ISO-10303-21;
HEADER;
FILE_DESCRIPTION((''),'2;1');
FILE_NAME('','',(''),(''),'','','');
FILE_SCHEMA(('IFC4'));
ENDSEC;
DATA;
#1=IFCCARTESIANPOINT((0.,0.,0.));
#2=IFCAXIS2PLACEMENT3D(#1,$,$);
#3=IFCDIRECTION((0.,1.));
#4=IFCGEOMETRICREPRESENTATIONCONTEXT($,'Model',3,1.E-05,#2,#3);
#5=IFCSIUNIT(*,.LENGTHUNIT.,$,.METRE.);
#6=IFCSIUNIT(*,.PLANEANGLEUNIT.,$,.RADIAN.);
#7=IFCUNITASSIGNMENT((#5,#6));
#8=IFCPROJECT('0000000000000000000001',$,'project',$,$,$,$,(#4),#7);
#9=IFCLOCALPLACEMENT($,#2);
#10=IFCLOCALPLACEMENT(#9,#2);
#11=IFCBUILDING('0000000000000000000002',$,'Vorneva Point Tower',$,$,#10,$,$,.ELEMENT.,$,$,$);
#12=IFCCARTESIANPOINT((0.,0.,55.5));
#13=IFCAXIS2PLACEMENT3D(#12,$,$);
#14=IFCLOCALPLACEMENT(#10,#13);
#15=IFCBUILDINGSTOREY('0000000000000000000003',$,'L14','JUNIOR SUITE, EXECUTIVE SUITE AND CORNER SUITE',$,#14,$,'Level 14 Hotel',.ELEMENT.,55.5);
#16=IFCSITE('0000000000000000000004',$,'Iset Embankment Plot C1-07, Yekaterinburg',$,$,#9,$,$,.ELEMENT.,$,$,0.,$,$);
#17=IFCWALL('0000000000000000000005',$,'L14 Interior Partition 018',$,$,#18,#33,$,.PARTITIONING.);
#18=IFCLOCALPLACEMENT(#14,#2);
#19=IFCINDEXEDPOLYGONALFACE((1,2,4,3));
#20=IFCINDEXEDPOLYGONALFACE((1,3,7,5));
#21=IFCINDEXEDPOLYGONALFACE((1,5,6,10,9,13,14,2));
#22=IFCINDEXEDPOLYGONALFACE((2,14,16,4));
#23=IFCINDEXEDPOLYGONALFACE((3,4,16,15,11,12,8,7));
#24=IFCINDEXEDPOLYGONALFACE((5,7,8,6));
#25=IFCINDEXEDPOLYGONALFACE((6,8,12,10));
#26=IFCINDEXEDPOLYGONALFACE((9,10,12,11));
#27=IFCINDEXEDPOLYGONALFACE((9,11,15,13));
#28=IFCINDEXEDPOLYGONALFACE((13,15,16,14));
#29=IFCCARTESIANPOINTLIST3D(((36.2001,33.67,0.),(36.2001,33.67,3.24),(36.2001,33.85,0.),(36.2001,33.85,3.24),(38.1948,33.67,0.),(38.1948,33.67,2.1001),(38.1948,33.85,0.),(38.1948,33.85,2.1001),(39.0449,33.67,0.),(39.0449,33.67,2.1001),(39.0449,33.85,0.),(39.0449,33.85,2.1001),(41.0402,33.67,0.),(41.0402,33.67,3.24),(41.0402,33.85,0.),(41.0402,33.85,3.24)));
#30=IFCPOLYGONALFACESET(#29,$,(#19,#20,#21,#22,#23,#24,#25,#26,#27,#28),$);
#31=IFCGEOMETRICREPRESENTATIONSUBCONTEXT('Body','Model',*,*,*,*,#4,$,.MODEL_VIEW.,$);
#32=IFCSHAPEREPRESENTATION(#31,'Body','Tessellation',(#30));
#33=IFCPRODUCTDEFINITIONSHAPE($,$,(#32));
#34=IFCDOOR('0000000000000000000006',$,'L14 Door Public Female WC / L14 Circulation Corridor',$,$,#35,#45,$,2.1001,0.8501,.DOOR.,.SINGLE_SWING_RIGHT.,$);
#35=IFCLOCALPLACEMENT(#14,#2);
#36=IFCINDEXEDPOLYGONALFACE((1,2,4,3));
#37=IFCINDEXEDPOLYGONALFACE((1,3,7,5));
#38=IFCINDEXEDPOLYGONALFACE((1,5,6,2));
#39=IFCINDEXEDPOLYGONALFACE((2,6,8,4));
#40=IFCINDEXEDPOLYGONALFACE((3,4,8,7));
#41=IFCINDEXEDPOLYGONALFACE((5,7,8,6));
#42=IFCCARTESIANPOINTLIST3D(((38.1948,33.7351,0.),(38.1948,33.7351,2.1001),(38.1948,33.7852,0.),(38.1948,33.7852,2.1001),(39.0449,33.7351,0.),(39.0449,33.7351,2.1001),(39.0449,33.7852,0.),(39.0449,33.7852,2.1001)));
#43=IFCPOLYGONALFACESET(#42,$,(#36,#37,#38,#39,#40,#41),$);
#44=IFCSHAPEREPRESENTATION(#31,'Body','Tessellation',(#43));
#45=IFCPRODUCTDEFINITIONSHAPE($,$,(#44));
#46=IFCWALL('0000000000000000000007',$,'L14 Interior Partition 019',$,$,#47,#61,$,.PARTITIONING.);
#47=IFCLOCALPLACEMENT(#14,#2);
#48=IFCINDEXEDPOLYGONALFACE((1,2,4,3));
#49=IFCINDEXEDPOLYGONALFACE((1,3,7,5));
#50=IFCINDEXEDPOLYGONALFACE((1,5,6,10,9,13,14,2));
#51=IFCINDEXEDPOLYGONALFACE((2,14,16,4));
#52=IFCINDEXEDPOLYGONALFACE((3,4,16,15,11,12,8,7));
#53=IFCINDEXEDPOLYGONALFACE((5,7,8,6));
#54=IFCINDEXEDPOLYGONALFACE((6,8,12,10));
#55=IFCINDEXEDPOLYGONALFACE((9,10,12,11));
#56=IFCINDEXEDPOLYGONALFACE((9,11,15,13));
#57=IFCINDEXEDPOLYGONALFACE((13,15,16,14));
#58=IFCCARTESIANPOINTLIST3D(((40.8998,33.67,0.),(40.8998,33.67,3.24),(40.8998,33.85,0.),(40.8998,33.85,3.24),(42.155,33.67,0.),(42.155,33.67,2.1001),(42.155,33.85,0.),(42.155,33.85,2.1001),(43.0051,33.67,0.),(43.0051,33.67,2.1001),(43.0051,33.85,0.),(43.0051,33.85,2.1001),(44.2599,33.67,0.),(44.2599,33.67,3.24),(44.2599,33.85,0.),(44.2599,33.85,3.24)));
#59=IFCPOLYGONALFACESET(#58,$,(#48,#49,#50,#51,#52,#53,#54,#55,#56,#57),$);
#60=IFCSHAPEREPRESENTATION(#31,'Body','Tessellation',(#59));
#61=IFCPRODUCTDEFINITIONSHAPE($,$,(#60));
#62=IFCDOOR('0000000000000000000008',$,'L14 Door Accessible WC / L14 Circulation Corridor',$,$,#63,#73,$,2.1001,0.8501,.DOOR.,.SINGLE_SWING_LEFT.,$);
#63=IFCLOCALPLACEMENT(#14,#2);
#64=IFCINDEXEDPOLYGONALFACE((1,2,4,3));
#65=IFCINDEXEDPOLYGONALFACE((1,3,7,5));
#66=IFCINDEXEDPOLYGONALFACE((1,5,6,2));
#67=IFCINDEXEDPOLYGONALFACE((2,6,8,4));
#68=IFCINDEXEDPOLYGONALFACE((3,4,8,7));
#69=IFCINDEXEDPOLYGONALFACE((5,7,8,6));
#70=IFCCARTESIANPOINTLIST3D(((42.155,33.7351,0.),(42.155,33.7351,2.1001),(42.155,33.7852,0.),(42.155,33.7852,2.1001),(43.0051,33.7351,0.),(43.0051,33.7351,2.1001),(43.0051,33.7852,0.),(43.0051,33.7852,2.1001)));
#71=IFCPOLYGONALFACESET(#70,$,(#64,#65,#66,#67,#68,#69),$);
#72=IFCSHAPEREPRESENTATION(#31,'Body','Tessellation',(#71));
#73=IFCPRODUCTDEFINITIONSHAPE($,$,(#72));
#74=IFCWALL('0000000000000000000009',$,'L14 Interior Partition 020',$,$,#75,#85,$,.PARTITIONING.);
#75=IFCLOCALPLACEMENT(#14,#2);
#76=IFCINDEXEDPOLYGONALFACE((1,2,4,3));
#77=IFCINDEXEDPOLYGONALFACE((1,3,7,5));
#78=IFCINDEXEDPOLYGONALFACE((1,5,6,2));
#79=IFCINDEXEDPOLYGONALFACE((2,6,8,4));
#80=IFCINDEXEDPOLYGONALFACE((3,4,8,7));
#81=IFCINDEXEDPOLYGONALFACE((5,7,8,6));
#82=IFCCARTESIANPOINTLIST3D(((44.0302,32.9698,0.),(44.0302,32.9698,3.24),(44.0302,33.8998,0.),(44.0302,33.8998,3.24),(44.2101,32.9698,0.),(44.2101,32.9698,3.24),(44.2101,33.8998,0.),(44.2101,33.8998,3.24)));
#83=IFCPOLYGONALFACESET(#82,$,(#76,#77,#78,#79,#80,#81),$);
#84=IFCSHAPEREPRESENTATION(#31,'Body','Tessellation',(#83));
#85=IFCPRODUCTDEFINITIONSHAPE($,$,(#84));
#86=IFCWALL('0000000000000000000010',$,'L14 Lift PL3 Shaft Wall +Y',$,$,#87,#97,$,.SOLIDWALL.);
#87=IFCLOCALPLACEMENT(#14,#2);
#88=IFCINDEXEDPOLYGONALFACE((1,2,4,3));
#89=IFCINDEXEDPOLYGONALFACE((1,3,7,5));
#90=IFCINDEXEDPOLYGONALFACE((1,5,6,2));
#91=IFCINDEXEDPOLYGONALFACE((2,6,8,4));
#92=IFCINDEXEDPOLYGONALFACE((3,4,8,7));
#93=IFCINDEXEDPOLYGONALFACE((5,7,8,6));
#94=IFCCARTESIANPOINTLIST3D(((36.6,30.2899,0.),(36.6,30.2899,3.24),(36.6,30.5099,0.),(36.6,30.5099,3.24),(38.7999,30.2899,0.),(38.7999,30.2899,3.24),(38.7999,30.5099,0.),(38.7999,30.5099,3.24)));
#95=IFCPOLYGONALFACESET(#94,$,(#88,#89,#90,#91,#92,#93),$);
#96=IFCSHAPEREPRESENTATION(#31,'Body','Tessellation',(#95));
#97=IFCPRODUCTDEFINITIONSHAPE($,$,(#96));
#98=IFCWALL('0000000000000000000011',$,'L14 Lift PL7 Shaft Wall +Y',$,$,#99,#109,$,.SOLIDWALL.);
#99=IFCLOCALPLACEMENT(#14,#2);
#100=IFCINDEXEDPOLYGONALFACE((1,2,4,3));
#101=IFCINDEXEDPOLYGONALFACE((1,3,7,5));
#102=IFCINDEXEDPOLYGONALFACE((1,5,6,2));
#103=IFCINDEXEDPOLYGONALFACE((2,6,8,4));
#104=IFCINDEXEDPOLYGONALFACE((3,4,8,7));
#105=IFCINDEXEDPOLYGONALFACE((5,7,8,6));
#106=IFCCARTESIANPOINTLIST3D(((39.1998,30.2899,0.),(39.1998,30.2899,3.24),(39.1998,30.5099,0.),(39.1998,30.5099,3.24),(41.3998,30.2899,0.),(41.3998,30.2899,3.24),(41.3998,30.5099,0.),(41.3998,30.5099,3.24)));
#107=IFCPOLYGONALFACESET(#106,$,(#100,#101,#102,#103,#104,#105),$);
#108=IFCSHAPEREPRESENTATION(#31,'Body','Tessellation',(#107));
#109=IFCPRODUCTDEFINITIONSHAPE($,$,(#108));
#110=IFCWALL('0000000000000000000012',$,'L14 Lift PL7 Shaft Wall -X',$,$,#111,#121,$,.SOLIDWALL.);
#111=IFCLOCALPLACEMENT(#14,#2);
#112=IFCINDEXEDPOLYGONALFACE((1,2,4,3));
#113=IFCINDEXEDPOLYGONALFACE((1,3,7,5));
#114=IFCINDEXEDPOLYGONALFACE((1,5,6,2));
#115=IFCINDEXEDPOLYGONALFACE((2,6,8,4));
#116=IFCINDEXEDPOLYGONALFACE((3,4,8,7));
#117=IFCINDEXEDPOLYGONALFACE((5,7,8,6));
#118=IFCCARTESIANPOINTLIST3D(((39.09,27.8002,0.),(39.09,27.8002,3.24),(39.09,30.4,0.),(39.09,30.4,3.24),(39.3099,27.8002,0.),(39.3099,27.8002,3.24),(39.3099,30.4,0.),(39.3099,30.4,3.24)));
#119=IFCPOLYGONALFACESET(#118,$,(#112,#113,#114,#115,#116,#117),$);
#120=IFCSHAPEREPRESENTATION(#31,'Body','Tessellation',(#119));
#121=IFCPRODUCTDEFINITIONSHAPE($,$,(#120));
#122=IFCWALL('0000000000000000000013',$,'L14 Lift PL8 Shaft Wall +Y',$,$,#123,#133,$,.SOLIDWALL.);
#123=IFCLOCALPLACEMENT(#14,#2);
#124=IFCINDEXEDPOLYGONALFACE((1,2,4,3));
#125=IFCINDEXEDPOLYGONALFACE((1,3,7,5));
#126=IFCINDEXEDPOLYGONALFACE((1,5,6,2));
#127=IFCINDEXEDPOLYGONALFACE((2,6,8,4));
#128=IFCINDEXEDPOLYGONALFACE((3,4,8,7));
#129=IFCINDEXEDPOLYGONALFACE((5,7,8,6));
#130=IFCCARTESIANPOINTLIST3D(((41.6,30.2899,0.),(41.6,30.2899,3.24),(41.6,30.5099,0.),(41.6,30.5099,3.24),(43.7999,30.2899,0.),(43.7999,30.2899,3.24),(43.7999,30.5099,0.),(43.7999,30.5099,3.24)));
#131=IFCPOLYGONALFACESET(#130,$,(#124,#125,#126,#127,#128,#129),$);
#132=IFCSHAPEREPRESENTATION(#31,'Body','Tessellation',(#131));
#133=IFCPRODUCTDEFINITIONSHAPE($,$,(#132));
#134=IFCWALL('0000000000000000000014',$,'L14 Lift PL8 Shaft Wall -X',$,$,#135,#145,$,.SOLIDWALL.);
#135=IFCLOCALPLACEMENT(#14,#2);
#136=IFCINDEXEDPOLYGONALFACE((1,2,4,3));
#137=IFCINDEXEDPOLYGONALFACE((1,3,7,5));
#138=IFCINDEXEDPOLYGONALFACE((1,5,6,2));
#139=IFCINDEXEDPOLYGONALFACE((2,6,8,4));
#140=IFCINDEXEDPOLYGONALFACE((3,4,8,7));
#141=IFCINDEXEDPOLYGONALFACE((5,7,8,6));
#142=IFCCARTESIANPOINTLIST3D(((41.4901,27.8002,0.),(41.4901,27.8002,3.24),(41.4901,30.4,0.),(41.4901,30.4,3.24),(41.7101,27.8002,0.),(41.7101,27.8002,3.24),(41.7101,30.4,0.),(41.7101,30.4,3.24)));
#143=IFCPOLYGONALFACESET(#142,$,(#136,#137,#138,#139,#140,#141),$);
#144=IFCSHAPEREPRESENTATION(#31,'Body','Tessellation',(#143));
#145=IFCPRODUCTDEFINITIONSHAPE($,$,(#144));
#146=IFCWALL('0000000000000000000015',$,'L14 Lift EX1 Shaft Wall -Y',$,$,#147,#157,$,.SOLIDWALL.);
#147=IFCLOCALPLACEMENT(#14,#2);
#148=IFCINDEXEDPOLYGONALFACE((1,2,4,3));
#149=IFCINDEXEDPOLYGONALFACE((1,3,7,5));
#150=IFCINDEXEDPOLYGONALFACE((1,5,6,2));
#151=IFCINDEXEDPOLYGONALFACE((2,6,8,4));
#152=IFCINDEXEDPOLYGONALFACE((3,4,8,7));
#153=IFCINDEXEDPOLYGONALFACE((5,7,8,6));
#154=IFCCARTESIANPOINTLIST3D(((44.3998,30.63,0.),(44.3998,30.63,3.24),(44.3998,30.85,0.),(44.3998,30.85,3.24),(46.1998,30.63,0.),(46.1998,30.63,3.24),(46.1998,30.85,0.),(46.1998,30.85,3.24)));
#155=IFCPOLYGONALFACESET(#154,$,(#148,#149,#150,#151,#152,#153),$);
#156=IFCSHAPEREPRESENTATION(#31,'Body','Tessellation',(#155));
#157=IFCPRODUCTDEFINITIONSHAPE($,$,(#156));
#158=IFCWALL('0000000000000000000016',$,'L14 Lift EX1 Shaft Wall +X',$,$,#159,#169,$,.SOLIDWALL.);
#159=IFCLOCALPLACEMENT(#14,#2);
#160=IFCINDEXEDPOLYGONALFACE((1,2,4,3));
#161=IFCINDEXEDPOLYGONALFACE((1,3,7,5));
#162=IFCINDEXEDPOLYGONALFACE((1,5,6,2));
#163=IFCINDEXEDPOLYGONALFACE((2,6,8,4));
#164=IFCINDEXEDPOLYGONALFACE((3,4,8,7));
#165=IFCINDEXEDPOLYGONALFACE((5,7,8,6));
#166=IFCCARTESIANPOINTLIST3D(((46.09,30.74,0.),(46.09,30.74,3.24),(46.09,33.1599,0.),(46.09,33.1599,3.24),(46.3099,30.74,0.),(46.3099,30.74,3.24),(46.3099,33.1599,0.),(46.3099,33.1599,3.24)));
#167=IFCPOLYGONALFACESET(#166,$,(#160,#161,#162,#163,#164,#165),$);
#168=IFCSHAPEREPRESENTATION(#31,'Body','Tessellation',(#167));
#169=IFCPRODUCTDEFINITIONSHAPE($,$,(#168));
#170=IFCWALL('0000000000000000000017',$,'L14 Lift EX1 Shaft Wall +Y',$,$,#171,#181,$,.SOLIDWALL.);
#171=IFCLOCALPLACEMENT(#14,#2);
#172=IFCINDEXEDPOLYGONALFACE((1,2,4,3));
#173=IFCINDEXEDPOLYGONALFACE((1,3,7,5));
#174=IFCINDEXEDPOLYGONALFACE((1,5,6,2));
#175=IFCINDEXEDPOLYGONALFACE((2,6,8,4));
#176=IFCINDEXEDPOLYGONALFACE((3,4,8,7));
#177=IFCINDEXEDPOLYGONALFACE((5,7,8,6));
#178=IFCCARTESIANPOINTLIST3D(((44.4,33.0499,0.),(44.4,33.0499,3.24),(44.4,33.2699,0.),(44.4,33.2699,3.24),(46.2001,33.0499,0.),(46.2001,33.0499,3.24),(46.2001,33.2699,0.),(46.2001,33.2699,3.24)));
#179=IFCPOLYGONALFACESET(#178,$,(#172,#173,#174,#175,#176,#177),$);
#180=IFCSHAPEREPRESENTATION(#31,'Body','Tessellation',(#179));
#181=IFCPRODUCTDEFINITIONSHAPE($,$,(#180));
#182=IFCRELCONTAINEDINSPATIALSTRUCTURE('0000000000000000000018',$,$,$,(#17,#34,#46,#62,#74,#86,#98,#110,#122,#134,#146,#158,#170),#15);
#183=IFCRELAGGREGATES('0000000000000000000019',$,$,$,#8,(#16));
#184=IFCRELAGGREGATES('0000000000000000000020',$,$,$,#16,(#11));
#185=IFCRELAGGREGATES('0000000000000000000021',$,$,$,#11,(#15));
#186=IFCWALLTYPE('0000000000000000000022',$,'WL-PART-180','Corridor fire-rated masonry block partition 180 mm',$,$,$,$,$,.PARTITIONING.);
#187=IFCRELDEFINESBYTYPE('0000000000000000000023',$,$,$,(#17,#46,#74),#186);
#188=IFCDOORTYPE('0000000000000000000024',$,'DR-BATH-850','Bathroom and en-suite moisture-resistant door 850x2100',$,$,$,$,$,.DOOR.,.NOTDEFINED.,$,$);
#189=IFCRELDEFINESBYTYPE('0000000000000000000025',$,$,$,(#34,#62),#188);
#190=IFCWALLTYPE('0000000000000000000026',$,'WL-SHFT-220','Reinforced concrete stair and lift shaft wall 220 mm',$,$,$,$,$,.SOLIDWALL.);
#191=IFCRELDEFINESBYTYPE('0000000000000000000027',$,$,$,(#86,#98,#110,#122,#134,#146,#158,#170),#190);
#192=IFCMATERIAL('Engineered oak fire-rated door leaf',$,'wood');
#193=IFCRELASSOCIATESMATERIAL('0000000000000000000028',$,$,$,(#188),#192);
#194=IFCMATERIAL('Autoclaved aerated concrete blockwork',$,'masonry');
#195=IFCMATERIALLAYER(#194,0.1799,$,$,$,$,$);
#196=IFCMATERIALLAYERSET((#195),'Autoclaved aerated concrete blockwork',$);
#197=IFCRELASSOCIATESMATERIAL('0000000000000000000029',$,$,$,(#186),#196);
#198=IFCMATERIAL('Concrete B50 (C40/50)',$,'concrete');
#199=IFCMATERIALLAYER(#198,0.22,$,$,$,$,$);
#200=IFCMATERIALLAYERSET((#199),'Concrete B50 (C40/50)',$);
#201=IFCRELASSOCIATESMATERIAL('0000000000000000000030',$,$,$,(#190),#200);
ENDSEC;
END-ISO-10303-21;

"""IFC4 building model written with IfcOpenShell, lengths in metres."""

from ifc_helpers import new_model, si_unit, direction, frame, frame_2d, origin, place, context, subcontext, project, spatial, rectangle, extrude, material, layer, layer_set, type_object, element, fill, save


model = new_model("IFC4")

# Units and contexts
model_context = context("Model", 3, precision=1e-05, world=origin(), true_north=direction((0.0, 1.0)))
body_context = subcontext(model_context, "Body", "Model", "MODEL_VIEW")
ifc_project = project(units=[si_unit("LENGTHUNIT", "METRE"), si_unit("PLANEANGLEUNIT", "RADIAN")], contexts=[model_context])

# Site, building, storey
site_placement = place(None, origin())
site = spatial("IfcSite", under=ifc_project, at=site_placement, Name="Iset Embankment Plot C1-07, Yekaterinburg", CompositionType="ELEMENT", RefElevation=0.0)
building_placement = place(site_placement, origin())
building = spatial("IfcBuilding", under=site, at=building_placement, Name="Vorneva Point Tower", CompositionType="ELEMENT")
storey_placement = place(building_placement, frame((0.0, 0.0, 55.5)))
storey = spatial("IfcBuildingStorey", under=building, at=storey_placement, Name="L14", Description="JUNIOR SUITE, EXECUTIVE SUITE AND CORNER SUITE", LongName="Level 14 Hotel", CompositionType="ELEMENT", Elevation=55.5)

# Shared definitions
ifc_material_1 = material(Name="Engineered oak fire-rated door leaf", Category="wood")
door_type_1 = type_object("IfcDoorType", Name="DR-BATH-850", Description="Bathroom and en-suite moisture-resistant door 850x2100", OperationType="NOTDEFINED", PredefinedType="DOOR", material=ifc_material_1)

# Walls, openings, doors
ifc_material_2 = material(Name="Autoclaved aerated concrete blockwork", Category="masonry")
ifc_layer_1 = layer(ifc_material_2, 0.1799)
ifc_layer_set_1 = layer_set([ifc_layer_1], Name="Autoclaved aerated concrete blockwork")
wall_type_1 = type_object("IfcWallType", Name="WL-PART-180", Description="Corridor fire-rated masonry block partition 180 mm", PredefinedType="PARTITIONING", material=ifc_layer_set_1)
wall_1_placement = place(storey_placement, frame((41.04, 33.76, 0.0), z_axis=(0.0, 0.0, 1.0), x_axis=(-1.0, 0.0, 0.0)))
wall_1 = element("IfcWall", 1, at=wall_1_placement, inside=storey, type_object=wall_type_1, Name="L14 Interior Partition 018", PredefinedType="PARTITIONING", context=body_context, shape_type="SweptSolid", body=[
    extrude(rectangle(XDim=4.8401, YDim=0.1799, at=frame_2d((2.4199, 0.0))), origin(), (0.0, 0.0, 1.0), 3.24),
])
opening_1_placement = place(wall_1_placement, frame((1.9951, 0.0, 0.0)))
opening_1 = element("IfcOpeningElement", 2, at=opening_1_placement, cuts=wall_1, PredefinedType="OPENING", context=body_context, shape_type="SweptSolid", body=[
    extrude(rectangle(XDim=0.8501, YDim=2.1001, at=frame_2d((0.425, 1.05))), frame((0.0, 0.105, 0.0), z_axis=(0.0, -1.0, 0.0), x_axis=(1.0, 0.0, 0.0)), (0.0, 0.0, 1.0), 0.2097),
])
door_1_placement = place(opening_1_placement, origin())
door_1 = element("IfcDoor", 3, at=door_1_placement, inside=storey, type_object=door_type_1, Name="L14 Door Public Female WC / L14 Circulation Corridor", OperationType="SINGLE_SWING_RIGHT", OverallHeight=2.1001, OverallWidth=0.8501, PredefinedType="DOOR", context=body_context, shape_type="SweptSolid", body=[
    extrude(rectangle(XDim=0.8501, YDim=2.1001, at=frame_2d((0.425, 1.05))), frame((0.0, 0.0249, 0.0), z_axis=(0.0, -1.0, 0.0), x_axis=(1.0, 0.0, 0.0)), (0.0, 0.0, 1.0), 0.05),
])
fill(opening_1, door_1)
wall_2_placement = place(storey_placement, frame((44.26, 33.76, 0.0), z_axis=(0.0, 0.0, 1.0), x_axis=(-1.0, 0.0, 0.0)))
wall_2 = element("IfcWall", 4, at=wall_2_placement, inside=storey, type_object=wall_type_1, Name="L14 Interior Partition 019", PredefinedType="PARTITIONING", context=body_context, shape_type="SweptSolid", body=[
    extrude(rectangle(XDim=3.3601, YDim=0.1799, at=frame_2d((1.6802, 0.0))), origin(), (0.0, 0.0, 1.0), 3.24),
])
opening_2_placement = place(wall_2_placement, frame((1.2549, 0.0, 0.0)))
opening_2 = element("IfcOpeningElement", 5, at=opening_2_placement, cuts=wall_2, PredefinedType="OPENING", context=body_context, shape_type="SweptSolid", body=[
    extrude(rectangle(XDim=0.8501, YDim=2.1001, at=frame_2d((0.425, 1.05))), frame((0.0, 0.105, 0.0), z_axis=(0.0, -1.0, 0.0), x_axis=(1.0, 0.0, 0.0)), (0.0, 0.0, 1.0), 0.2097),
])
door_2_placement = place(opening_2_placement, origin())
door_2 = element("IfcDoor", 6, at=door_2_placement, inside=storey, type_object=door_type_1, Name="L14 Door Accessible WC / L14 Circulation Corridor", OperationType="SINGLE_SWING_LEFT", OverallHeight=2.1001, OverallWidth=0.8501, PredefinedType="DOOR", context=body_context, shape_type="SweptSolid", body=[
    extrude(rectangle(XDim=0.8501, YDim=2.1001, at=frame_2d((0.425, 1.05))), frame((0.0, 0.0249, 0.0), z_axis=(0.0, -1.0, 0.0), x_axis=(1.0, 0.0, 0.0)), (0.0, 0.0, 1.0), 0.05),
])
fill(opening_2, door_2)

# Walls
wall_3_placement = place(storey_placement, frame((44.1201, 32.97, 0.0), z_axis=(0.0, 0.0, 1.0), x_axis=(0.0, 1.0, 0.0)))
element("IfcWall", 7, at=wall_3_placement, inside=storey, type_object=wall_type_1, Name="L14 Interior Partition 020", PredefinedType="PARTITIONING", context=body_context, shape_type="SweptSolid", body=[
    extrude(rectangle(XDim=0.9299, YDim=0.1799, at=frame_2d((0.4648, 0.0))), origin(), (0.0, 0.0, 1.0), 3.24),
])
ifc_material_3 = material(Name="Concrete B50 (C40/50)", Category="concrete")
ifc_layer_2 = layer(ifc_material_3, 0.22)
ifc_layer_set_2 = layer_set([ifc_layer_2], Name="Concrete B50 (C40/50)")
wall_type_2 = type_object("IfcWallType", Name="WL-SHFT-220", Description="Reinforced concrete stair and lift shaft wall 220 mm", PredefinedType="SOLIDWALL", material=ifc_layer_set_2)
for number, where, z_axis, x_axis, name in (
    (8, (38.8, 30.3999, 0.0), (0.0, 0.0, 1.0), (-1.0, 0.0, 0.0), "L14 Lift PL3 Shaft Wall +Y"),
    (9, (41.3999, 30.3999, 0.0), (0.0, 0.0, 1.0), (-1.0, 0.0, 0.0), "L14 Lift PL7 Shaft Wall +Y"),
):
    element("IfcWall", number, at=place(storey_placement, frame(where, z_axis=z_axis, x_axis=x_axis)), inside=storey, type_object=wall_type_2, Name=name, PredefinedType="SOLIDWALL", context=body_context, shape_type="SweptSolid", body=[
        extrude(rectangle(XDim=2.2, YDim=0.22, at=frame_2d((1.1001, 0.0))), origin(), (0.0, 0.0, 1.0), 3.24),
    ])
wall_4_placement = place(storey_placement, frame((39.2, 30.3999, 0.0), z_axis=(0.0, 0.0, 1.0), x_axis=(0.0, -1.0, 0.0)))
element("IfcWall", 10, at=wall_4_placement, inside=storey, type_object=wall_type_2, Name="L14 Lift PL7 Shaft Wall -X", PredefinedType="SOLIDWALL", context=body_context, shape_type="SweptSolid", body=[
    extrude(rectangle(XDim=2.5999, YDim=0.22, at=frame_2d((1.2998, 0.0))), origin(), (0.0, 0.0, 1.0), 3.24),
])
wall_5_placement = place(storey_placement, frame((43.8, 30.3999, 0.0), z_axis=(0.0, 0.0, 1.0), x_axis=(-1.0, 0.0, 0.0)))
element("IfcWall", 11, at=wall_5_placement, inside=storey, type_object=wall_type_2, Name="L14 Lift PL8 Shaft Wall +Y", PredefinedType="SOLIDWALL", context=body_context, shape_type="SweptSolid", body=[
    extrude(rectangle(XDim=2.2, YDim=0.22, at=frame_2d((1.1001, 0.0))), origin(), (0.0, 0.0, 1.0), 3.24),
])
wall_6_placement = place(storey_placement, frame((41.6001, 30.3999, 0.0), z_axis=(0.0, 0.0, 1.0), x_axis=(0.0, -1.0, 0.0)))
element("IfcWall", 12, at=wall_6_placement, inside=storey, type_object=wall_type_2, Name="L14 Lift PL8 Shaft Wall -X", PredefinedType="SOLIDWALL", context=body_context, shape_type="SweptSolid", body=[
    extrude(rectangle(XDim=2.5999, YDim=0.22, at=frame_2d((1.2998, 0.0))), origin(), (0.0, 0.0, 1.0), 3.24),
])
wall_7_placement = place(storey_placement, frame((44.3999, 30.74, 0.0), z_axis=(0.0, 0.0, 1.0), x_axis=(1.0, 0.0, 0.0)))
element("IfcWall", 13, at=wall_7_placement, inside=storey, type_object=wall_type_2, Name="L14 Lift EX1 Shaft Wall -Y", PredefinedType="SOLIDWALL", context=body_context, shape_type="SweptSolid", body=[
    extrude(rectangle(XDim=1.8, YDim=0.22, at=frame_2d((0.8999, 0.0))), origin(), (0.0, 0.0, 1.0), 3.24),
])
wall_8_placement = place(storey_placement, frame((46.2, 30.74, 0.0), z_axis=(0.0, 0.0, 1.0), x_axis=(0.0, 1.0, 0.0)))
element("IfcWall", 14, at=wall_8_placement, inside=storey, type_object=wall_type_2, Name="L14 Lift EX1 Shaft Wall +X", PredefinedType="SOLIDWALL", context=body_context, shape_type="SweptSolid", body=[
    extrude(rectangle(XDim=2.4199, YDim=0.22, at=frame_2d((1.21, 0.0))), origin(), (0.0, 0.0, 1.0), 3.24),
])
wall_9_placement = place(storey_placement, frame((46.2, 33.1599, 0.0), z_axis=(0.0, 0.0, 1.0), x_axis=(-1.0, 0.0, 0.0)))
element("IfcWall", 15, at=wall_9_placement, inside=storey, type_object=wall_type_2, Name="L14 Lift EX1 Shaft Wall +Y", PredefinedType="SOLIDWALL", context=body_context, shape_type="SweptSolid", body=[
    extrude(rectangle(XDim=1.8, YDim=0.22, at=frame_2d((0.8999, 0.0))), origin(), (0.0, 0.0, 1.0), 3.24),
])

save(model, "model.ifc")
